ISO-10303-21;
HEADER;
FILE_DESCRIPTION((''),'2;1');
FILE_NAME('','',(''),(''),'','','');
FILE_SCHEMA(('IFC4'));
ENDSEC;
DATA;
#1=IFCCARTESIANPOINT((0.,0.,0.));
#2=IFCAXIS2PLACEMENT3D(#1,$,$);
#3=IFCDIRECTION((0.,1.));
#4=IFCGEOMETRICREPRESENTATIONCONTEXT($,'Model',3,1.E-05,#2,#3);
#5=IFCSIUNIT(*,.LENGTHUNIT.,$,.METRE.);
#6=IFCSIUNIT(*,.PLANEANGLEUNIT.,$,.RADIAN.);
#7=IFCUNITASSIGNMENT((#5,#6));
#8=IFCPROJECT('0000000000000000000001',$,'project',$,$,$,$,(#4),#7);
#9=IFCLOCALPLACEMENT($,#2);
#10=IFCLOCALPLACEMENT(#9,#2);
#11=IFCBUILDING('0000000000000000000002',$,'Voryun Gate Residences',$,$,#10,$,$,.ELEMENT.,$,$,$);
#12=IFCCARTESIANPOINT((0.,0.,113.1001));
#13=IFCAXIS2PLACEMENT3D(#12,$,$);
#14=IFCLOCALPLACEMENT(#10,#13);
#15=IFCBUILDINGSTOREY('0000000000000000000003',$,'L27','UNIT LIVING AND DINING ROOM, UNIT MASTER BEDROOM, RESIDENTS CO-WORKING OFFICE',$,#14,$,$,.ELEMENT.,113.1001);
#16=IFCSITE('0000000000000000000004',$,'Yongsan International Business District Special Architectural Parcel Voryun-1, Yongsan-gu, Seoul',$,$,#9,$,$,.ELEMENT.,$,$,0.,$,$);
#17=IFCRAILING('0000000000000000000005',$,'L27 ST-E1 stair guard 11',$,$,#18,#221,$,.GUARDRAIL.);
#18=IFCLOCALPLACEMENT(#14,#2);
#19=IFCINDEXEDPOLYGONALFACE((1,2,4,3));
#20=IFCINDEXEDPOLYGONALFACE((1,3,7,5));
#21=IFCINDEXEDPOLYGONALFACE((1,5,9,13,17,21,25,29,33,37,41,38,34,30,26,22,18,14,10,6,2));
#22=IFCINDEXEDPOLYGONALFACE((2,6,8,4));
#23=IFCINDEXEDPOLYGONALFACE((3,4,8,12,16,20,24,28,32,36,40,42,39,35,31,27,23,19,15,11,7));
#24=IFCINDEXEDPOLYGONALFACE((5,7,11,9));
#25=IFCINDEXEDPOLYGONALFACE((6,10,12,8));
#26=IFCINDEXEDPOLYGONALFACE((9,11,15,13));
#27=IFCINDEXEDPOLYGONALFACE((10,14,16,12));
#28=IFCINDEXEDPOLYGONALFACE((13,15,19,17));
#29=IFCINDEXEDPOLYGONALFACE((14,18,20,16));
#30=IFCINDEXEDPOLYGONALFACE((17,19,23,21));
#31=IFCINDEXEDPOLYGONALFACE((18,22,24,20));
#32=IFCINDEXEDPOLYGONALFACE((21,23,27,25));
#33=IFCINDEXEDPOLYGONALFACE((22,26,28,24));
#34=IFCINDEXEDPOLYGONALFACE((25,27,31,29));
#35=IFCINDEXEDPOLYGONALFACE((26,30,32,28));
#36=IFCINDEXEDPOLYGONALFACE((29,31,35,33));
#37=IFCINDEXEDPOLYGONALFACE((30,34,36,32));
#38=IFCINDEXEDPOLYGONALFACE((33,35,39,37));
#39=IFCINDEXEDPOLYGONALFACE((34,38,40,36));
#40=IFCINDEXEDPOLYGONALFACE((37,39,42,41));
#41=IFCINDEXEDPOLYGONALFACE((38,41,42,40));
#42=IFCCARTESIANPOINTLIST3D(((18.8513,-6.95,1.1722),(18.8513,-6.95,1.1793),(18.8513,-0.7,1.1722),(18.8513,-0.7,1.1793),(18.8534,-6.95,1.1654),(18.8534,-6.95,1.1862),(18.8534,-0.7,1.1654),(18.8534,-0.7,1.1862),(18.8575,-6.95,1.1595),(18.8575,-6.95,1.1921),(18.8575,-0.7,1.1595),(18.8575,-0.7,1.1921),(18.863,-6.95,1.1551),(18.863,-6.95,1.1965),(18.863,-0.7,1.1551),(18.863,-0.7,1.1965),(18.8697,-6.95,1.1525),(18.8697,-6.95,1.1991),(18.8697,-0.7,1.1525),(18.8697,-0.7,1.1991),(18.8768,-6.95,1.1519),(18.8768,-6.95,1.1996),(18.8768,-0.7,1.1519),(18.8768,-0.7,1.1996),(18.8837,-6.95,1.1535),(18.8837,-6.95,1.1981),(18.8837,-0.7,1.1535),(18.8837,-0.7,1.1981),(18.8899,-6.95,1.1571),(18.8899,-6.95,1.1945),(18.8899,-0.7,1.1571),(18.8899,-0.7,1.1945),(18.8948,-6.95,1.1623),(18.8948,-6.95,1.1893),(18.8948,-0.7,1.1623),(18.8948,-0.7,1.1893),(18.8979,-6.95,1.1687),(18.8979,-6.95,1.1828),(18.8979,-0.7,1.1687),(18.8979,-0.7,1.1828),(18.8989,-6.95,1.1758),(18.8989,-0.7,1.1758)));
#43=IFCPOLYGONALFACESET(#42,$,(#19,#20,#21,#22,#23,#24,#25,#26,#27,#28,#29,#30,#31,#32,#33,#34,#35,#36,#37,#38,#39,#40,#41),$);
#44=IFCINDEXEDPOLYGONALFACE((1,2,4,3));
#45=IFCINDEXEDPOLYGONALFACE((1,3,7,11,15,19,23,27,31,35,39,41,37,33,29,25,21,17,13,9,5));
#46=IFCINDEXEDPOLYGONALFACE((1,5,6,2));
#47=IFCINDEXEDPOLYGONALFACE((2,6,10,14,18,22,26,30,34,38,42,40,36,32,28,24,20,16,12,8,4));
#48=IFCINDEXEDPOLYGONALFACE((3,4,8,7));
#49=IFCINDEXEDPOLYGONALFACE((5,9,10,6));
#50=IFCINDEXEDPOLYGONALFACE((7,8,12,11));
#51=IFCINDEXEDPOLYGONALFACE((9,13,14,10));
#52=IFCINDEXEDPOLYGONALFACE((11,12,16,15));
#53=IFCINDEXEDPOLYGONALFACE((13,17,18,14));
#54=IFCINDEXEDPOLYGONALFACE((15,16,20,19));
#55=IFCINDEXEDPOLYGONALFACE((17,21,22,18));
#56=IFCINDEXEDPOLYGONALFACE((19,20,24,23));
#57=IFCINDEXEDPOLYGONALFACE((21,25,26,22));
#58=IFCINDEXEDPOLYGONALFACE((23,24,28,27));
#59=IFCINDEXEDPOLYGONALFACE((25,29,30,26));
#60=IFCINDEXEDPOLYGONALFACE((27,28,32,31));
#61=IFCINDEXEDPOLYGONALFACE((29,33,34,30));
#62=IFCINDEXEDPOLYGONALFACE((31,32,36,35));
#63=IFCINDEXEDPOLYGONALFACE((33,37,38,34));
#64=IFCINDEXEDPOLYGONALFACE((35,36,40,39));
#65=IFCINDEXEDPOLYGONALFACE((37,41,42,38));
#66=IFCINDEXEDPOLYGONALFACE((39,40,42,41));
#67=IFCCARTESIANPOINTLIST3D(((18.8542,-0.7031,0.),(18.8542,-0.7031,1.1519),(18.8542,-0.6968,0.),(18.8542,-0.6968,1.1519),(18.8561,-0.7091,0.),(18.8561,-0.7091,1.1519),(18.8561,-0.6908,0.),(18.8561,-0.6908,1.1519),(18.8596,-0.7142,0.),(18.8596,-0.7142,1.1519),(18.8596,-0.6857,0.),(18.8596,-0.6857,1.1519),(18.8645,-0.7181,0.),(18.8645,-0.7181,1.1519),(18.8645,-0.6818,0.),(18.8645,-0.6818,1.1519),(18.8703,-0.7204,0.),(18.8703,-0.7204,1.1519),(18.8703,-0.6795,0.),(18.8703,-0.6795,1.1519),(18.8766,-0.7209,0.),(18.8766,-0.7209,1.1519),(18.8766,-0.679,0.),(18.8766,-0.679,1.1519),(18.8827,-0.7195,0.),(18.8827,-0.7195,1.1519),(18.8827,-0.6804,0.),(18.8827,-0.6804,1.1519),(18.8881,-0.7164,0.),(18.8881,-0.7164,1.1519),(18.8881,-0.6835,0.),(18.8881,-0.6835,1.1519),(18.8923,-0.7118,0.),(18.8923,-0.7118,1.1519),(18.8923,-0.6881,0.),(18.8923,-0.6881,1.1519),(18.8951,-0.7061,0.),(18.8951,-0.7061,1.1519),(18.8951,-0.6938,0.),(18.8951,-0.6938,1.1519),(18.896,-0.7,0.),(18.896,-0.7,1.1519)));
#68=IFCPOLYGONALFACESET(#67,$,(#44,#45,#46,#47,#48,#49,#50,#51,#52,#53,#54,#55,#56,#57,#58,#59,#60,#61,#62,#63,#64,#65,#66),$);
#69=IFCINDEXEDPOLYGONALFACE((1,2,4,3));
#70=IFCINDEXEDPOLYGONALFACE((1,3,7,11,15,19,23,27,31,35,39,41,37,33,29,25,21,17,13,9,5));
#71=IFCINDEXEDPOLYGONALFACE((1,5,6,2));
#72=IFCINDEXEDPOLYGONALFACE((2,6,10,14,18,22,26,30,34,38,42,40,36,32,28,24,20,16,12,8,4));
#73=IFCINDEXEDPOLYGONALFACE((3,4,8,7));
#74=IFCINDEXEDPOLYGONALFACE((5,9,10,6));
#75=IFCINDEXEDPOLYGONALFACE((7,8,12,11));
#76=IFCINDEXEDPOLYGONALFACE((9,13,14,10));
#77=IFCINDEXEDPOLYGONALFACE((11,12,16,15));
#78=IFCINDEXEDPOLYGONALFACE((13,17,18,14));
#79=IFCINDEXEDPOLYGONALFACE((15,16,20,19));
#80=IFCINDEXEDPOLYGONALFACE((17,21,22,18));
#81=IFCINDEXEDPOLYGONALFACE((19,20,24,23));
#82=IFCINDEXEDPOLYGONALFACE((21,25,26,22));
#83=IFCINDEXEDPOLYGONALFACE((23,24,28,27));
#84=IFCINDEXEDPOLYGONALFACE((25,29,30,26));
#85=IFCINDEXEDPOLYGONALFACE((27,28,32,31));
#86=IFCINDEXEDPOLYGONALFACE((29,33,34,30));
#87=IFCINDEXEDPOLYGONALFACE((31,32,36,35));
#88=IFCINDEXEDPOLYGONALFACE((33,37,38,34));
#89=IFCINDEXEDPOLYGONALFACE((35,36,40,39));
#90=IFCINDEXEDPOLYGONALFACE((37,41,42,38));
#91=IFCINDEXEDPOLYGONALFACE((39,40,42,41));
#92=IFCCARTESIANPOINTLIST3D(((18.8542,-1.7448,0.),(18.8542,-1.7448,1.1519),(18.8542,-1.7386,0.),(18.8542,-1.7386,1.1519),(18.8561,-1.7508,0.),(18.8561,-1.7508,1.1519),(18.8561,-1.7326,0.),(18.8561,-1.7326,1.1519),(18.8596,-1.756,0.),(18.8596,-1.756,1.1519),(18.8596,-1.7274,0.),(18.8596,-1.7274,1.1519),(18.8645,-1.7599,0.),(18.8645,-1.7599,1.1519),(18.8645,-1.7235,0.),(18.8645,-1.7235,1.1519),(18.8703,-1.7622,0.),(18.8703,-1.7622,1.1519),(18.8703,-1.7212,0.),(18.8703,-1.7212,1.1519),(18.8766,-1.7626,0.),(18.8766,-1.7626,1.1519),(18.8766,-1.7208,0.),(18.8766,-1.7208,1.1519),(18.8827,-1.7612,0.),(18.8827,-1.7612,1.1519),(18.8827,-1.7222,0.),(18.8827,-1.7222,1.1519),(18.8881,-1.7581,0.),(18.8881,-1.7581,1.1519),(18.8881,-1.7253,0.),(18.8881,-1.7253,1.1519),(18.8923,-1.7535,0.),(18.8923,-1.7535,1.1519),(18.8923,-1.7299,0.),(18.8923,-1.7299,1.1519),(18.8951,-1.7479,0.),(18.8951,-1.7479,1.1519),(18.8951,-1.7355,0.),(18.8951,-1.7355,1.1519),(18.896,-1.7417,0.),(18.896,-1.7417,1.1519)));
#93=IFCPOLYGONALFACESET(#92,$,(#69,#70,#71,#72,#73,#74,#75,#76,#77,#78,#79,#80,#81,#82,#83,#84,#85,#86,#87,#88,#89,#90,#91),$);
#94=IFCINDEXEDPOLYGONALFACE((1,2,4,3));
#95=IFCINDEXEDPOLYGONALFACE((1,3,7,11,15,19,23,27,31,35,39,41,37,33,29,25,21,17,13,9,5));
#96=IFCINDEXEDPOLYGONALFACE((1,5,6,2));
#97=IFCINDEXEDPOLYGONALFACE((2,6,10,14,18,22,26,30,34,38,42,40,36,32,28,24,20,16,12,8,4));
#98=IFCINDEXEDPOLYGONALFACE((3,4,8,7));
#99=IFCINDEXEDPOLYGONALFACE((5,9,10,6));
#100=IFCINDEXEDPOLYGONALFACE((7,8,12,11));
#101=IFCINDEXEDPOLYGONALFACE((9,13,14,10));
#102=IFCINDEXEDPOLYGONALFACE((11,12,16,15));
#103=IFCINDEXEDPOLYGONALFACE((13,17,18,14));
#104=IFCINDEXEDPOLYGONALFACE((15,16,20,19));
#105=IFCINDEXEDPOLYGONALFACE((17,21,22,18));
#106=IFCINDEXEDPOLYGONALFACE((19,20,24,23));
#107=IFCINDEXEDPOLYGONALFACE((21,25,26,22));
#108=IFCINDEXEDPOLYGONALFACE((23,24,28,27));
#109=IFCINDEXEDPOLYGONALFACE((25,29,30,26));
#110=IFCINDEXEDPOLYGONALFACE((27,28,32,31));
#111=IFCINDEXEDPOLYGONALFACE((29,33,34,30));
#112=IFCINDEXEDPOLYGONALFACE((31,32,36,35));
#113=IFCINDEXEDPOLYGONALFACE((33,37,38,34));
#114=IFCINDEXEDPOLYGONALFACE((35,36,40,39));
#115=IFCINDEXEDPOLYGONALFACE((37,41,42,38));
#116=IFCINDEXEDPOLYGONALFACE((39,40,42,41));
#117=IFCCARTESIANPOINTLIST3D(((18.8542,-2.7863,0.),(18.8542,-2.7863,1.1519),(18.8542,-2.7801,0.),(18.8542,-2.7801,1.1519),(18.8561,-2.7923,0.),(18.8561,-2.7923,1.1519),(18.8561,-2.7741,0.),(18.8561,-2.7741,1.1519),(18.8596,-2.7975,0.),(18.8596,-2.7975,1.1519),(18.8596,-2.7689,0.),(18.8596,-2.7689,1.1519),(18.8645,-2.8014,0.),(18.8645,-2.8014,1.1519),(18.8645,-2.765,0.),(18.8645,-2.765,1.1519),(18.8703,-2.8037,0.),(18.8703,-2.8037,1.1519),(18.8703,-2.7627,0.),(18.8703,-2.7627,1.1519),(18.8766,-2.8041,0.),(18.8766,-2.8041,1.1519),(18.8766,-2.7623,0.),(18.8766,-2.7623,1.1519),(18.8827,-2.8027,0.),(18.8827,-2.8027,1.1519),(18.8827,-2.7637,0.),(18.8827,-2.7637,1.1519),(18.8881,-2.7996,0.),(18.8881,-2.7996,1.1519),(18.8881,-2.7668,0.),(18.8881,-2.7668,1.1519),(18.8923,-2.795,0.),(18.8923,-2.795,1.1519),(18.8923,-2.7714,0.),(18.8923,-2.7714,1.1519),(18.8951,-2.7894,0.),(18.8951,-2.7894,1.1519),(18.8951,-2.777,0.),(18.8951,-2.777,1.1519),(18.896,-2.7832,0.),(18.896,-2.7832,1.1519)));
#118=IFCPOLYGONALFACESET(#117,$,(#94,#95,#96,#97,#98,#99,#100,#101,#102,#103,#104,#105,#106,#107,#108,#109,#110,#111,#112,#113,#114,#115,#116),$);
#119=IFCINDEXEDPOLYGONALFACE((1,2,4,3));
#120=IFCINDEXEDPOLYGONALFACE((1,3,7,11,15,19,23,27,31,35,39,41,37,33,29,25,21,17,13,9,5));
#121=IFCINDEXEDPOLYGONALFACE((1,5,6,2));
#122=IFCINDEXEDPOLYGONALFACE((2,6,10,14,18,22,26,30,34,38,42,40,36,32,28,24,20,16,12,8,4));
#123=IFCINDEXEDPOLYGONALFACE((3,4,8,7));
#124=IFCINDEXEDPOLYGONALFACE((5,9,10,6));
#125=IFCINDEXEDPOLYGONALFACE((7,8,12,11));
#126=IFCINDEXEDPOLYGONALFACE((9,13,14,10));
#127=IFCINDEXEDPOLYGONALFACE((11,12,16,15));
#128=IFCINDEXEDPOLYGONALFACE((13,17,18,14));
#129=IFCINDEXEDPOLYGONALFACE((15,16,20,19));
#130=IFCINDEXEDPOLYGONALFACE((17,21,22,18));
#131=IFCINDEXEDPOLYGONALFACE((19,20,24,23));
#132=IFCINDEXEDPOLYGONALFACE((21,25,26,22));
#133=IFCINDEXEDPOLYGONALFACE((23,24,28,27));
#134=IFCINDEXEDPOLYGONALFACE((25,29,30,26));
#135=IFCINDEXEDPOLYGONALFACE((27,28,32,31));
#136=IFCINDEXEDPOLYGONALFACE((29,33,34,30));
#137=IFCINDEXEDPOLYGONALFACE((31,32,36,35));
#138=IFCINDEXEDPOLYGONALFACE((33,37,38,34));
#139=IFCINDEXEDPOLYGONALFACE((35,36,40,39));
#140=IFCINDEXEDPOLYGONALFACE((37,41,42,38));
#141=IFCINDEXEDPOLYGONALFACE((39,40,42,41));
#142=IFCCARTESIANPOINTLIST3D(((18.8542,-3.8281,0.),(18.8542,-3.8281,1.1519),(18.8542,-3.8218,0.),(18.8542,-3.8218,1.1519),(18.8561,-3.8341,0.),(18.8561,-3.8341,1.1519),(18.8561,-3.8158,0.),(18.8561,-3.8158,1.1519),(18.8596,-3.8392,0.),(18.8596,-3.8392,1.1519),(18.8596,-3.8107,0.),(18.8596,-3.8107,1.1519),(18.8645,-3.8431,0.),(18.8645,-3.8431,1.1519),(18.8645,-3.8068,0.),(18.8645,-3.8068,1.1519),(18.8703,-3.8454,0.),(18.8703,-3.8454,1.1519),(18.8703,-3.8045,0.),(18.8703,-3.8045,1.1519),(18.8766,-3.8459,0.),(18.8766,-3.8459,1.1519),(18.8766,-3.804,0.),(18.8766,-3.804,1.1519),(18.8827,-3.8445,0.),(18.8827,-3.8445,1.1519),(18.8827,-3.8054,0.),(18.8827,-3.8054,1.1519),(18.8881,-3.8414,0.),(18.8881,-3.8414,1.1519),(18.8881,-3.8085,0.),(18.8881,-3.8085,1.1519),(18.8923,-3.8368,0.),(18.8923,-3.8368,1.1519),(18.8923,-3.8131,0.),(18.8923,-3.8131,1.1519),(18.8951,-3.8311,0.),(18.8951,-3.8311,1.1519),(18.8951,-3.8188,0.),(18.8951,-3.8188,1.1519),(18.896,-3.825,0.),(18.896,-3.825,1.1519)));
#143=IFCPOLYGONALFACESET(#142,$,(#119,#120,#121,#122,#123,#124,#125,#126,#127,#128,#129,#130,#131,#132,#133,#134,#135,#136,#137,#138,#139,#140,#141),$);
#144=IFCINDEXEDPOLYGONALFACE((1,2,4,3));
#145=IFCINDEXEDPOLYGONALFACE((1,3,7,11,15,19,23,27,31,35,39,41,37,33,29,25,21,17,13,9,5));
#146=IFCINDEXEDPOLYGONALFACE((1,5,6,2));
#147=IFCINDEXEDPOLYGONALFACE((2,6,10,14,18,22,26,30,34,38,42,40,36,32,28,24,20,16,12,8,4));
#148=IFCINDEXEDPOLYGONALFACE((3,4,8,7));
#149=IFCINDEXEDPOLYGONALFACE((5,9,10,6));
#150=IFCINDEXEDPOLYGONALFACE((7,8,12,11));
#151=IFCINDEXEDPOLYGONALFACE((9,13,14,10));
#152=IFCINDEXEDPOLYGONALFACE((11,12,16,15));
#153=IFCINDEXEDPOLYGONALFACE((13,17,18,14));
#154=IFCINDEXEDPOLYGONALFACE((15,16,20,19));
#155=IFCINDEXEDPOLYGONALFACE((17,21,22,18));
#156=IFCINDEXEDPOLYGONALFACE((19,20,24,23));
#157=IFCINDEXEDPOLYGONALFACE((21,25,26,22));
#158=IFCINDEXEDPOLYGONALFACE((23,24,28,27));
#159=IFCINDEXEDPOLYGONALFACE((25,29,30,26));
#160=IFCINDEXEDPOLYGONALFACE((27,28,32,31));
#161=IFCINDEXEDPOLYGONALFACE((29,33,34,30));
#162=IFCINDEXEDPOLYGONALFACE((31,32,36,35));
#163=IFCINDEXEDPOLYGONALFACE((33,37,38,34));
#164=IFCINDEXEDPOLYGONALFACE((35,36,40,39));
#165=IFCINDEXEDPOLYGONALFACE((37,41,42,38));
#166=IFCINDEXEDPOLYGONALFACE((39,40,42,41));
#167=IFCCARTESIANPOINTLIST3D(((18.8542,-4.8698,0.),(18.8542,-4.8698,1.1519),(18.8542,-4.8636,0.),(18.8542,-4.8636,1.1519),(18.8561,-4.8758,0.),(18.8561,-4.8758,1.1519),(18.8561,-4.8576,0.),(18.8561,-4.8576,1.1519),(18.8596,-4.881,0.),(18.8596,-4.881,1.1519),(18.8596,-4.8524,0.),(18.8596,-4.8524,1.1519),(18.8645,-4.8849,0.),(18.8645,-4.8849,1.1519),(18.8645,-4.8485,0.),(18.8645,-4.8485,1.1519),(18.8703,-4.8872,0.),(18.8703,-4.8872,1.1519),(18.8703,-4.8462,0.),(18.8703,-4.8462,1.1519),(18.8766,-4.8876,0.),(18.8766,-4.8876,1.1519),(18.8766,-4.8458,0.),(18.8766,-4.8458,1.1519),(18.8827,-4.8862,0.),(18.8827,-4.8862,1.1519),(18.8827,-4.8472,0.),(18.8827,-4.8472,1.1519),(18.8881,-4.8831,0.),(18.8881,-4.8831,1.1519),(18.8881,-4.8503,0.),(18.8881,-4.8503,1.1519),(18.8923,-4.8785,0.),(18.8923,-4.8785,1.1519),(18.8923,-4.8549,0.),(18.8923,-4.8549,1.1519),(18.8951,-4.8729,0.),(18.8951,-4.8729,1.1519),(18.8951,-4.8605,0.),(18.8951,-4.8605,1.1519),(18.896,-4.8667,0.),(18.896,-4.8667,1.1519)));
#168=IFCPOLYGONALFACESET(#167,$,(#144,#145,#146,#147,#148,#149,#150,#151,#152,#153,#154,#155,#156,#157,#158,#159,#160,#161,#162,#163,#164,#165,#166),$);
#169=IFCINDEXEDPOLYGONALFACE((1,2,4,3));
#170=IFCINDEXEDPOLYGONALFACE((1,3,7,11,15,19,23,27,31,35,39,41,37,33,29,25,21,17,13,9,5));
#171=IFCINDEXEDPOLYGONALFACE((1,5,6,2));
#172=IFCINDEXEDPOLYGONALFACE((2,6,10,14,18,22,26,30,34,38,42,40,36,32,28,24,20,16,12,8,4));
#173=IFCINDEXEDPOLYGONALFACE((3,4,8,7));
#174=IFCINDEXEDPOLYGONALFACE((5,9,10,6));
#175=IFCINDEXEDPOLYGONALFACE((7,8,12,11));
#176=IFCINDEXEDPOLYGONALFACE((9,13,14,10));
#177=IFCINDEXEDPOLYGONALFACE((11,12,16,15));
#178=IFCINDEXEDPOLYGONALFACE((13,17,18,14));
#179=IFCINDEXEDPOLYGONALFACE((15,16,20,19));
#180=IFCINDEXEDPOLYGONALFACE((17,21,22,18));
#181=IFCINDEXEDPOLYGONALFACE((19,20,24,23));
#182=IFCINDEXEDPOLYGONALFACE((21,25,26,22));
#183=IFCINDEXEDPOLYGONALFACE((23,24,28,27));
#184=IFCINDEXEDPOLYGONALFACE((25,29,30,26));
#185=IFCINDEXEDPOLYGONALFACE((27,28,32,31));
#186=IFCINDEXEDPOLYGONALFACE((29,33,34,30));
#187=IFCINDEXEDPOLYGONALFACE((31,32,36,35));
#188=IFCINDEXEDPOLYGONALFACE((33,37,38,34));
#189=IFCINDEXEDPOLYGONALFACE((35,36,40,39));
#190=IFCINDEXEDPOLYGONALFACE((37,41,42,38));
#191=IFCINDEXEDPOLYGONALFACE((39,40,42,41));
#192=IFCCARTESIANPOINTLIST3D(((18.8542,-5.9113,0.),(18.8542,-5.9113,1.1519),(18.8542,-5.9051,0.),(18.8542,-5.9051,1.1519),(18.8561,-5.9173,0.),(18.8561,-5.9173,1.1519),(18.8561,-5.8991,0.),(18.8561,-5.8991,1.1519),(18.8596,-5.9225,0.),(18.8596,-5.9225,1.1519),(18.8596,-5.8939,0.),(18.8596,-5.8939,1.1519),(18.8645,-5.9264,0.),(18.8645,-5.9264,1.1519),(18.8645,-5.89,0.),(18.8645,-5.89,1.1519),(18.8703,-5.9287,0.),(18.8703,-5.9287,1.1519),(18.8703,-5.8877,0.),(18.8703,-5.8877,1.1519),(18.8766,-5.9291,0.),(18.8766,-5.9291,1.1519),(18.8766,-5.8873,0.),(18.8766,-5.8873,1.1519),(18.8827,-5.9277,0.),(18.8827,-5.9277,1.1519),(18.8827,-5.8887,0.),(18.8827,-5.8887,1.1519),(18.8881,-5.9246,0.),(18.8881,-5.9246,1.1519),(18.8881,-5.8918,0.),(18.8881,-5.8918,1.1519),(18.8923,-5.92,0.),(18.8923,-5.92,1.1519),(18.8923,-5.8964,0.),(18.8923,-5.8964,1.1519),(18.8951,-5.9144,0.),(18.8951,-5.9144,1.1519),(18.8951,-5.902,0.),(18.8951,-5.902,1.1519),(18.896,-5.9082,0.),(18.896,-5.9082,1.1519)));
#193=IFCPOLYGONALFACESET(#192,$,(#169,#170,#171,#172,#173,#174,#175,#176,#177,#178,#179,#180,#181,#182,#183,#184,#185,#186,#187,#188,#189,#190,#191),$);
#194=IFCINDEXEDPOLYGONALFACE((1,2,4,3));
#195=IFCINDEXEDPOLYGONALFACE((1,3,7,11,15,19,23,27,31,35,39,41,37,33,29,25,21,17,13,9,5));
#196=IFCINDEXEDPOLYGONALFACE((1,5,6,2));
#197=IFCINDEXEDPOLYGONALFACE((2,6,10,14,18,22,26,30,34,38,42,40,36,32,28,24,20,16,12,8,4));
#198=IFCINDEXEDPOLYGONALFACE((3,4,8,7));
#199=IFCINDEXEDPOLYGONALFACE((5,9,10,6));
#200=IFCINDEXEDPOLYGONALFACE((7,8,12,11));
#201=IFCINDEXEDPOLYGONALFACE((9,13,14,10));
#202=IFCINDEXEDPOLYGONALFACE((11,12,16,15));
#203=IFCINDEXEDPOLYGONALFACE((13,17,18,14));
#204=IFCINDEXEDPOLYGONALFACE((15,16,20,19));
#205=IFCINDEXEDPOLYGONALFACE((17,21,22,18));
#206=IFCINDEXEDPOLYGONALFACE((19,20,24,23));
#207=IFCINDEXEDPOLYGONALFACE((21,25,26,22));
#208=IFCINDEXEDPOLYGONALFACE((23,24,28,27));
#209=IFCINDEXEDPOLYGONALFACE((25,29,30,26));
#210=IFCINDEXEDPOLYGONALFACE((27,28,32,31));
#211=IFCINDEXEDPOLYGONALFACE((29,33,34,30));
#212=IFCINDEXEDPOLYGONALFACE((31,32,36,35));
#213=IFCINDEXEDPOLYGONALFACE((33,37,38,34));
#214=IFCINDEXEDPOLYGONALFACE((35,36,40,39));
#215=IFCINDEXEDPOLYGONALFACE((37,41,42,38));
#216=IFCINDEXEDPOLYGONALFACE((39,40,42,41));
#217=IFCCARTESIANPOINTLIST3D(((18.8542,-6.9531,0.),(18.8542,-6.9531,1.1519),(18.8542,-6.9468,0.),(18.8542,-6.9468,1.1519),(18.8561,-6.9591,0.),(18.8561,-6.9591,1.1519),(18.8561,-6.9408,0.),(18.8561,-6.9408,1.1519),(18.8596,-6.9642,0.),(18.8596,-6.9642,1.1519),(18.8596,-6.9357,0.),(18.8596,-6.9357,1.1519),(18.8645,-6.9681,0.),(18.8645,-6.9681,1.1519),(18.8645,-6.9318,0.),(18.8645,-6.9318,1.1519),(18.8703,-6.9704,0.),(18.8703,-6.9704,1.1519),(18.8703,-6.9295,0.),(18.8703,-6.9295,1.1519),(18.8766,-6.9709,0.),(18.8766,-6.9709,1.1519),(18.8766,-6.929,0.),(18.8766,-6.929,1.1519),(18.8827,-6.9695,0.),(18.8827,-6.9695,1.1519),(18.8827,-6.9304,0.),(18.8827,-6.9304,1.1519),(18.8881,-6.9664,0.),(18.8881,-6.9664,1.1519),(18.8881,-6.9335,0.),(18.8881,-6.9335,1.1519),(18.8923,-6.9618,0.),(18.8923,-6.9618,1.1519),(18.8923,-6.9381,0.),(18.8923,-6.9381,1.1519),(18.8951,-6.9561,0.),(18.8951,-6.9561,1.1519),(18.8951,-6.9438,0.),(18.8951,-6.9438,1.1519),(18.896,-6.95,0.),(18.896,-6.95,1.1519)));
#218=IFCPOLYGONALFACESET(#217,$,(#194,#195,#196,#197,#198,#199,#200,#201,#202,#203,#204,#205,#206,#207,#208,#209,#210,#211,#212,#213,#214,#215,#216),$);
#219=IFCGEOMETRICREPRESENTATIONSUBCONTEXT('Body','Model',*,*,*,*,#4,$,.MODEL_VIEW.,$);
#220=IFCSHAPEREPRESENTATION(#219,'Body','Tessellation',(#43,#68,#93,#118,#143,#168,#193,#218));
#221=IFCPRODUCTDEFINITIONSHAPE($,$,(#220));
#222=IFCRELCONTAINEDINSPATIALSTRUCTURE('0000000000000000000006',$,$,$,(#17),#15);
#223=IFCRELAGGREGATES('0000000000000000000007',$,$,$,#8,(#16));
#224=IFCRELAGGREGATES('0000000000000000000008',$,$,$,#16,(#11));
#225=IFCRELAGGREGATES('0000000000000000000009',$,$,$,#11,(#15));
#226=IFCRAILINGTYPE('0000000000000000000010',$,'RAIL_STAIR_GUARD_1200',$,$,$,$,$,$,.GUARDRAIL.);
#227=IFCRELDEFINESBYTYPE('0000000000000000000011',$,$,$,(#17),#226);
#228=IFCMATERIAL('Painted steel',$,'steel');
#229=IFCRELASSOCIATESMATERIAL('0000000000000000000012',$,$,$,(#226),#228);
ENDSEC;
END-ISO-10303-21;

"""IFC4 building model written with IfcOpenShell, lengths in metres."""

from ifc_helpers import new_model, si_unit, direction, frame, origin, origin_2d, place, context, subcontext, project, spatial, circle, extrude, material, type_object, element, save


model = new_model("IFC4")

# Units and contexts
model_context = context("Model", 3, precision=1e-05, world=origin(), true_north=direction((0.0, 1.0)))
body_context = subcontext(model_context, "Body", "Model", "MODEL_VIEW")
ifc_project = project(units=[si_unit("LENGTHUNIT", "METRE"), si_unit("PLANEANGLEUNIT", "RADIAN")], contexts=[model_context])

# Site, building, storey
site_placement = place(None, origin())
site = spatial("IfcSite", under=ifc_project, at=site_placement, Name="Yongsan International Business District Special Architectural Parcel Voryun-1, Yongsan-gu, Seoul", CompositionType="ELEMENT", RefElevation=0.0)
building_placement = place(site_placement, origin())
building = spatial("IfcBuilding", under=site, at=building_placement, Name="Voryun Gate Residences", CompositionType="ELEMENT")
storey_placement = place(building_placement, frame((0.0, 0.0, 113.1001)))
storey = spatial("IfcBuildingStorey", under=building, at=storey_placement, Name="L27", Description="UNIT LIVING AND DINING ROOM, UNIT MASTER BEDROOM, RESIDENTS CO-WORKING OFFICE", CompositionType="ELEMENT", Elevation=113.1001)

# Railing
ifc_material_1 = material(Name="Painted steel", Category="steel")
railing_type = type_object("IfcRailingType", Name="RAIL_STAIR_GUARD_1200", PredefinedType="GUARDRAIL", material=ifc_material_1)
railing_1_placement = place(storey_placement, frame((18.875, -0.7, 0.0)))
element("IfcRailing", 1, at=railing_1_placement, inside=storey, type_object=railing_type, Name="L27 ST-E1 stair guard 11", PredefinedType="GUARDRAIL", context=body_context, shape_type="SweptSolid", body=[
    extrude(circle(Radius=0.0239, at=origin_2d()), frame((0.0, 0.0, 1.1758), z_axis=(0.0, -1.0, 0.0), x_axis=(1.0, 0.0, 0.0)), (0.0, 0.0, 1.0), 6.25),
    extrude(circle(Radius=0.021, at=origin_2d()), origin(), (0.0, 0.0, 1.0), 1.1519),
    extrude(circle(Radius=0.021, at=origin_2d()), frame((0.0, -1.0417, 0.0)), (0.0, 0.0, 1.0), 1.1519),
    extrude(circle(Radius=0.021, at=origin_2d()), frame((0.0, -2.0833, 0.0)), (0.0, 0.0, 1.0), 1.1519),
    extrude(circle(Radius=0.021, at=origin_2d()), frame((0.0, -3.125, 0.0)), (0.0, 0.0, 1.0), 1.1519),
    extrude(circle(Radius=0.021, at=origin_2d()), frame((0.0, -4.1667, 0.0)), (0.0, 0.0, 1.0), 1.1519),
    extrude(circle(Radius=0.021, at=origin_2d()), frame((0.0, -5.2083, 0.0)), (0.0, 0.0, 1.0), 1.1519),
    extrude(circle(Radius=0.021, at=origin_2d()), frame((0.0, -6.25, 0.0)), (0.0, 0.0, 1.0), 1.1519),
])

save(model, "model.ifc")
